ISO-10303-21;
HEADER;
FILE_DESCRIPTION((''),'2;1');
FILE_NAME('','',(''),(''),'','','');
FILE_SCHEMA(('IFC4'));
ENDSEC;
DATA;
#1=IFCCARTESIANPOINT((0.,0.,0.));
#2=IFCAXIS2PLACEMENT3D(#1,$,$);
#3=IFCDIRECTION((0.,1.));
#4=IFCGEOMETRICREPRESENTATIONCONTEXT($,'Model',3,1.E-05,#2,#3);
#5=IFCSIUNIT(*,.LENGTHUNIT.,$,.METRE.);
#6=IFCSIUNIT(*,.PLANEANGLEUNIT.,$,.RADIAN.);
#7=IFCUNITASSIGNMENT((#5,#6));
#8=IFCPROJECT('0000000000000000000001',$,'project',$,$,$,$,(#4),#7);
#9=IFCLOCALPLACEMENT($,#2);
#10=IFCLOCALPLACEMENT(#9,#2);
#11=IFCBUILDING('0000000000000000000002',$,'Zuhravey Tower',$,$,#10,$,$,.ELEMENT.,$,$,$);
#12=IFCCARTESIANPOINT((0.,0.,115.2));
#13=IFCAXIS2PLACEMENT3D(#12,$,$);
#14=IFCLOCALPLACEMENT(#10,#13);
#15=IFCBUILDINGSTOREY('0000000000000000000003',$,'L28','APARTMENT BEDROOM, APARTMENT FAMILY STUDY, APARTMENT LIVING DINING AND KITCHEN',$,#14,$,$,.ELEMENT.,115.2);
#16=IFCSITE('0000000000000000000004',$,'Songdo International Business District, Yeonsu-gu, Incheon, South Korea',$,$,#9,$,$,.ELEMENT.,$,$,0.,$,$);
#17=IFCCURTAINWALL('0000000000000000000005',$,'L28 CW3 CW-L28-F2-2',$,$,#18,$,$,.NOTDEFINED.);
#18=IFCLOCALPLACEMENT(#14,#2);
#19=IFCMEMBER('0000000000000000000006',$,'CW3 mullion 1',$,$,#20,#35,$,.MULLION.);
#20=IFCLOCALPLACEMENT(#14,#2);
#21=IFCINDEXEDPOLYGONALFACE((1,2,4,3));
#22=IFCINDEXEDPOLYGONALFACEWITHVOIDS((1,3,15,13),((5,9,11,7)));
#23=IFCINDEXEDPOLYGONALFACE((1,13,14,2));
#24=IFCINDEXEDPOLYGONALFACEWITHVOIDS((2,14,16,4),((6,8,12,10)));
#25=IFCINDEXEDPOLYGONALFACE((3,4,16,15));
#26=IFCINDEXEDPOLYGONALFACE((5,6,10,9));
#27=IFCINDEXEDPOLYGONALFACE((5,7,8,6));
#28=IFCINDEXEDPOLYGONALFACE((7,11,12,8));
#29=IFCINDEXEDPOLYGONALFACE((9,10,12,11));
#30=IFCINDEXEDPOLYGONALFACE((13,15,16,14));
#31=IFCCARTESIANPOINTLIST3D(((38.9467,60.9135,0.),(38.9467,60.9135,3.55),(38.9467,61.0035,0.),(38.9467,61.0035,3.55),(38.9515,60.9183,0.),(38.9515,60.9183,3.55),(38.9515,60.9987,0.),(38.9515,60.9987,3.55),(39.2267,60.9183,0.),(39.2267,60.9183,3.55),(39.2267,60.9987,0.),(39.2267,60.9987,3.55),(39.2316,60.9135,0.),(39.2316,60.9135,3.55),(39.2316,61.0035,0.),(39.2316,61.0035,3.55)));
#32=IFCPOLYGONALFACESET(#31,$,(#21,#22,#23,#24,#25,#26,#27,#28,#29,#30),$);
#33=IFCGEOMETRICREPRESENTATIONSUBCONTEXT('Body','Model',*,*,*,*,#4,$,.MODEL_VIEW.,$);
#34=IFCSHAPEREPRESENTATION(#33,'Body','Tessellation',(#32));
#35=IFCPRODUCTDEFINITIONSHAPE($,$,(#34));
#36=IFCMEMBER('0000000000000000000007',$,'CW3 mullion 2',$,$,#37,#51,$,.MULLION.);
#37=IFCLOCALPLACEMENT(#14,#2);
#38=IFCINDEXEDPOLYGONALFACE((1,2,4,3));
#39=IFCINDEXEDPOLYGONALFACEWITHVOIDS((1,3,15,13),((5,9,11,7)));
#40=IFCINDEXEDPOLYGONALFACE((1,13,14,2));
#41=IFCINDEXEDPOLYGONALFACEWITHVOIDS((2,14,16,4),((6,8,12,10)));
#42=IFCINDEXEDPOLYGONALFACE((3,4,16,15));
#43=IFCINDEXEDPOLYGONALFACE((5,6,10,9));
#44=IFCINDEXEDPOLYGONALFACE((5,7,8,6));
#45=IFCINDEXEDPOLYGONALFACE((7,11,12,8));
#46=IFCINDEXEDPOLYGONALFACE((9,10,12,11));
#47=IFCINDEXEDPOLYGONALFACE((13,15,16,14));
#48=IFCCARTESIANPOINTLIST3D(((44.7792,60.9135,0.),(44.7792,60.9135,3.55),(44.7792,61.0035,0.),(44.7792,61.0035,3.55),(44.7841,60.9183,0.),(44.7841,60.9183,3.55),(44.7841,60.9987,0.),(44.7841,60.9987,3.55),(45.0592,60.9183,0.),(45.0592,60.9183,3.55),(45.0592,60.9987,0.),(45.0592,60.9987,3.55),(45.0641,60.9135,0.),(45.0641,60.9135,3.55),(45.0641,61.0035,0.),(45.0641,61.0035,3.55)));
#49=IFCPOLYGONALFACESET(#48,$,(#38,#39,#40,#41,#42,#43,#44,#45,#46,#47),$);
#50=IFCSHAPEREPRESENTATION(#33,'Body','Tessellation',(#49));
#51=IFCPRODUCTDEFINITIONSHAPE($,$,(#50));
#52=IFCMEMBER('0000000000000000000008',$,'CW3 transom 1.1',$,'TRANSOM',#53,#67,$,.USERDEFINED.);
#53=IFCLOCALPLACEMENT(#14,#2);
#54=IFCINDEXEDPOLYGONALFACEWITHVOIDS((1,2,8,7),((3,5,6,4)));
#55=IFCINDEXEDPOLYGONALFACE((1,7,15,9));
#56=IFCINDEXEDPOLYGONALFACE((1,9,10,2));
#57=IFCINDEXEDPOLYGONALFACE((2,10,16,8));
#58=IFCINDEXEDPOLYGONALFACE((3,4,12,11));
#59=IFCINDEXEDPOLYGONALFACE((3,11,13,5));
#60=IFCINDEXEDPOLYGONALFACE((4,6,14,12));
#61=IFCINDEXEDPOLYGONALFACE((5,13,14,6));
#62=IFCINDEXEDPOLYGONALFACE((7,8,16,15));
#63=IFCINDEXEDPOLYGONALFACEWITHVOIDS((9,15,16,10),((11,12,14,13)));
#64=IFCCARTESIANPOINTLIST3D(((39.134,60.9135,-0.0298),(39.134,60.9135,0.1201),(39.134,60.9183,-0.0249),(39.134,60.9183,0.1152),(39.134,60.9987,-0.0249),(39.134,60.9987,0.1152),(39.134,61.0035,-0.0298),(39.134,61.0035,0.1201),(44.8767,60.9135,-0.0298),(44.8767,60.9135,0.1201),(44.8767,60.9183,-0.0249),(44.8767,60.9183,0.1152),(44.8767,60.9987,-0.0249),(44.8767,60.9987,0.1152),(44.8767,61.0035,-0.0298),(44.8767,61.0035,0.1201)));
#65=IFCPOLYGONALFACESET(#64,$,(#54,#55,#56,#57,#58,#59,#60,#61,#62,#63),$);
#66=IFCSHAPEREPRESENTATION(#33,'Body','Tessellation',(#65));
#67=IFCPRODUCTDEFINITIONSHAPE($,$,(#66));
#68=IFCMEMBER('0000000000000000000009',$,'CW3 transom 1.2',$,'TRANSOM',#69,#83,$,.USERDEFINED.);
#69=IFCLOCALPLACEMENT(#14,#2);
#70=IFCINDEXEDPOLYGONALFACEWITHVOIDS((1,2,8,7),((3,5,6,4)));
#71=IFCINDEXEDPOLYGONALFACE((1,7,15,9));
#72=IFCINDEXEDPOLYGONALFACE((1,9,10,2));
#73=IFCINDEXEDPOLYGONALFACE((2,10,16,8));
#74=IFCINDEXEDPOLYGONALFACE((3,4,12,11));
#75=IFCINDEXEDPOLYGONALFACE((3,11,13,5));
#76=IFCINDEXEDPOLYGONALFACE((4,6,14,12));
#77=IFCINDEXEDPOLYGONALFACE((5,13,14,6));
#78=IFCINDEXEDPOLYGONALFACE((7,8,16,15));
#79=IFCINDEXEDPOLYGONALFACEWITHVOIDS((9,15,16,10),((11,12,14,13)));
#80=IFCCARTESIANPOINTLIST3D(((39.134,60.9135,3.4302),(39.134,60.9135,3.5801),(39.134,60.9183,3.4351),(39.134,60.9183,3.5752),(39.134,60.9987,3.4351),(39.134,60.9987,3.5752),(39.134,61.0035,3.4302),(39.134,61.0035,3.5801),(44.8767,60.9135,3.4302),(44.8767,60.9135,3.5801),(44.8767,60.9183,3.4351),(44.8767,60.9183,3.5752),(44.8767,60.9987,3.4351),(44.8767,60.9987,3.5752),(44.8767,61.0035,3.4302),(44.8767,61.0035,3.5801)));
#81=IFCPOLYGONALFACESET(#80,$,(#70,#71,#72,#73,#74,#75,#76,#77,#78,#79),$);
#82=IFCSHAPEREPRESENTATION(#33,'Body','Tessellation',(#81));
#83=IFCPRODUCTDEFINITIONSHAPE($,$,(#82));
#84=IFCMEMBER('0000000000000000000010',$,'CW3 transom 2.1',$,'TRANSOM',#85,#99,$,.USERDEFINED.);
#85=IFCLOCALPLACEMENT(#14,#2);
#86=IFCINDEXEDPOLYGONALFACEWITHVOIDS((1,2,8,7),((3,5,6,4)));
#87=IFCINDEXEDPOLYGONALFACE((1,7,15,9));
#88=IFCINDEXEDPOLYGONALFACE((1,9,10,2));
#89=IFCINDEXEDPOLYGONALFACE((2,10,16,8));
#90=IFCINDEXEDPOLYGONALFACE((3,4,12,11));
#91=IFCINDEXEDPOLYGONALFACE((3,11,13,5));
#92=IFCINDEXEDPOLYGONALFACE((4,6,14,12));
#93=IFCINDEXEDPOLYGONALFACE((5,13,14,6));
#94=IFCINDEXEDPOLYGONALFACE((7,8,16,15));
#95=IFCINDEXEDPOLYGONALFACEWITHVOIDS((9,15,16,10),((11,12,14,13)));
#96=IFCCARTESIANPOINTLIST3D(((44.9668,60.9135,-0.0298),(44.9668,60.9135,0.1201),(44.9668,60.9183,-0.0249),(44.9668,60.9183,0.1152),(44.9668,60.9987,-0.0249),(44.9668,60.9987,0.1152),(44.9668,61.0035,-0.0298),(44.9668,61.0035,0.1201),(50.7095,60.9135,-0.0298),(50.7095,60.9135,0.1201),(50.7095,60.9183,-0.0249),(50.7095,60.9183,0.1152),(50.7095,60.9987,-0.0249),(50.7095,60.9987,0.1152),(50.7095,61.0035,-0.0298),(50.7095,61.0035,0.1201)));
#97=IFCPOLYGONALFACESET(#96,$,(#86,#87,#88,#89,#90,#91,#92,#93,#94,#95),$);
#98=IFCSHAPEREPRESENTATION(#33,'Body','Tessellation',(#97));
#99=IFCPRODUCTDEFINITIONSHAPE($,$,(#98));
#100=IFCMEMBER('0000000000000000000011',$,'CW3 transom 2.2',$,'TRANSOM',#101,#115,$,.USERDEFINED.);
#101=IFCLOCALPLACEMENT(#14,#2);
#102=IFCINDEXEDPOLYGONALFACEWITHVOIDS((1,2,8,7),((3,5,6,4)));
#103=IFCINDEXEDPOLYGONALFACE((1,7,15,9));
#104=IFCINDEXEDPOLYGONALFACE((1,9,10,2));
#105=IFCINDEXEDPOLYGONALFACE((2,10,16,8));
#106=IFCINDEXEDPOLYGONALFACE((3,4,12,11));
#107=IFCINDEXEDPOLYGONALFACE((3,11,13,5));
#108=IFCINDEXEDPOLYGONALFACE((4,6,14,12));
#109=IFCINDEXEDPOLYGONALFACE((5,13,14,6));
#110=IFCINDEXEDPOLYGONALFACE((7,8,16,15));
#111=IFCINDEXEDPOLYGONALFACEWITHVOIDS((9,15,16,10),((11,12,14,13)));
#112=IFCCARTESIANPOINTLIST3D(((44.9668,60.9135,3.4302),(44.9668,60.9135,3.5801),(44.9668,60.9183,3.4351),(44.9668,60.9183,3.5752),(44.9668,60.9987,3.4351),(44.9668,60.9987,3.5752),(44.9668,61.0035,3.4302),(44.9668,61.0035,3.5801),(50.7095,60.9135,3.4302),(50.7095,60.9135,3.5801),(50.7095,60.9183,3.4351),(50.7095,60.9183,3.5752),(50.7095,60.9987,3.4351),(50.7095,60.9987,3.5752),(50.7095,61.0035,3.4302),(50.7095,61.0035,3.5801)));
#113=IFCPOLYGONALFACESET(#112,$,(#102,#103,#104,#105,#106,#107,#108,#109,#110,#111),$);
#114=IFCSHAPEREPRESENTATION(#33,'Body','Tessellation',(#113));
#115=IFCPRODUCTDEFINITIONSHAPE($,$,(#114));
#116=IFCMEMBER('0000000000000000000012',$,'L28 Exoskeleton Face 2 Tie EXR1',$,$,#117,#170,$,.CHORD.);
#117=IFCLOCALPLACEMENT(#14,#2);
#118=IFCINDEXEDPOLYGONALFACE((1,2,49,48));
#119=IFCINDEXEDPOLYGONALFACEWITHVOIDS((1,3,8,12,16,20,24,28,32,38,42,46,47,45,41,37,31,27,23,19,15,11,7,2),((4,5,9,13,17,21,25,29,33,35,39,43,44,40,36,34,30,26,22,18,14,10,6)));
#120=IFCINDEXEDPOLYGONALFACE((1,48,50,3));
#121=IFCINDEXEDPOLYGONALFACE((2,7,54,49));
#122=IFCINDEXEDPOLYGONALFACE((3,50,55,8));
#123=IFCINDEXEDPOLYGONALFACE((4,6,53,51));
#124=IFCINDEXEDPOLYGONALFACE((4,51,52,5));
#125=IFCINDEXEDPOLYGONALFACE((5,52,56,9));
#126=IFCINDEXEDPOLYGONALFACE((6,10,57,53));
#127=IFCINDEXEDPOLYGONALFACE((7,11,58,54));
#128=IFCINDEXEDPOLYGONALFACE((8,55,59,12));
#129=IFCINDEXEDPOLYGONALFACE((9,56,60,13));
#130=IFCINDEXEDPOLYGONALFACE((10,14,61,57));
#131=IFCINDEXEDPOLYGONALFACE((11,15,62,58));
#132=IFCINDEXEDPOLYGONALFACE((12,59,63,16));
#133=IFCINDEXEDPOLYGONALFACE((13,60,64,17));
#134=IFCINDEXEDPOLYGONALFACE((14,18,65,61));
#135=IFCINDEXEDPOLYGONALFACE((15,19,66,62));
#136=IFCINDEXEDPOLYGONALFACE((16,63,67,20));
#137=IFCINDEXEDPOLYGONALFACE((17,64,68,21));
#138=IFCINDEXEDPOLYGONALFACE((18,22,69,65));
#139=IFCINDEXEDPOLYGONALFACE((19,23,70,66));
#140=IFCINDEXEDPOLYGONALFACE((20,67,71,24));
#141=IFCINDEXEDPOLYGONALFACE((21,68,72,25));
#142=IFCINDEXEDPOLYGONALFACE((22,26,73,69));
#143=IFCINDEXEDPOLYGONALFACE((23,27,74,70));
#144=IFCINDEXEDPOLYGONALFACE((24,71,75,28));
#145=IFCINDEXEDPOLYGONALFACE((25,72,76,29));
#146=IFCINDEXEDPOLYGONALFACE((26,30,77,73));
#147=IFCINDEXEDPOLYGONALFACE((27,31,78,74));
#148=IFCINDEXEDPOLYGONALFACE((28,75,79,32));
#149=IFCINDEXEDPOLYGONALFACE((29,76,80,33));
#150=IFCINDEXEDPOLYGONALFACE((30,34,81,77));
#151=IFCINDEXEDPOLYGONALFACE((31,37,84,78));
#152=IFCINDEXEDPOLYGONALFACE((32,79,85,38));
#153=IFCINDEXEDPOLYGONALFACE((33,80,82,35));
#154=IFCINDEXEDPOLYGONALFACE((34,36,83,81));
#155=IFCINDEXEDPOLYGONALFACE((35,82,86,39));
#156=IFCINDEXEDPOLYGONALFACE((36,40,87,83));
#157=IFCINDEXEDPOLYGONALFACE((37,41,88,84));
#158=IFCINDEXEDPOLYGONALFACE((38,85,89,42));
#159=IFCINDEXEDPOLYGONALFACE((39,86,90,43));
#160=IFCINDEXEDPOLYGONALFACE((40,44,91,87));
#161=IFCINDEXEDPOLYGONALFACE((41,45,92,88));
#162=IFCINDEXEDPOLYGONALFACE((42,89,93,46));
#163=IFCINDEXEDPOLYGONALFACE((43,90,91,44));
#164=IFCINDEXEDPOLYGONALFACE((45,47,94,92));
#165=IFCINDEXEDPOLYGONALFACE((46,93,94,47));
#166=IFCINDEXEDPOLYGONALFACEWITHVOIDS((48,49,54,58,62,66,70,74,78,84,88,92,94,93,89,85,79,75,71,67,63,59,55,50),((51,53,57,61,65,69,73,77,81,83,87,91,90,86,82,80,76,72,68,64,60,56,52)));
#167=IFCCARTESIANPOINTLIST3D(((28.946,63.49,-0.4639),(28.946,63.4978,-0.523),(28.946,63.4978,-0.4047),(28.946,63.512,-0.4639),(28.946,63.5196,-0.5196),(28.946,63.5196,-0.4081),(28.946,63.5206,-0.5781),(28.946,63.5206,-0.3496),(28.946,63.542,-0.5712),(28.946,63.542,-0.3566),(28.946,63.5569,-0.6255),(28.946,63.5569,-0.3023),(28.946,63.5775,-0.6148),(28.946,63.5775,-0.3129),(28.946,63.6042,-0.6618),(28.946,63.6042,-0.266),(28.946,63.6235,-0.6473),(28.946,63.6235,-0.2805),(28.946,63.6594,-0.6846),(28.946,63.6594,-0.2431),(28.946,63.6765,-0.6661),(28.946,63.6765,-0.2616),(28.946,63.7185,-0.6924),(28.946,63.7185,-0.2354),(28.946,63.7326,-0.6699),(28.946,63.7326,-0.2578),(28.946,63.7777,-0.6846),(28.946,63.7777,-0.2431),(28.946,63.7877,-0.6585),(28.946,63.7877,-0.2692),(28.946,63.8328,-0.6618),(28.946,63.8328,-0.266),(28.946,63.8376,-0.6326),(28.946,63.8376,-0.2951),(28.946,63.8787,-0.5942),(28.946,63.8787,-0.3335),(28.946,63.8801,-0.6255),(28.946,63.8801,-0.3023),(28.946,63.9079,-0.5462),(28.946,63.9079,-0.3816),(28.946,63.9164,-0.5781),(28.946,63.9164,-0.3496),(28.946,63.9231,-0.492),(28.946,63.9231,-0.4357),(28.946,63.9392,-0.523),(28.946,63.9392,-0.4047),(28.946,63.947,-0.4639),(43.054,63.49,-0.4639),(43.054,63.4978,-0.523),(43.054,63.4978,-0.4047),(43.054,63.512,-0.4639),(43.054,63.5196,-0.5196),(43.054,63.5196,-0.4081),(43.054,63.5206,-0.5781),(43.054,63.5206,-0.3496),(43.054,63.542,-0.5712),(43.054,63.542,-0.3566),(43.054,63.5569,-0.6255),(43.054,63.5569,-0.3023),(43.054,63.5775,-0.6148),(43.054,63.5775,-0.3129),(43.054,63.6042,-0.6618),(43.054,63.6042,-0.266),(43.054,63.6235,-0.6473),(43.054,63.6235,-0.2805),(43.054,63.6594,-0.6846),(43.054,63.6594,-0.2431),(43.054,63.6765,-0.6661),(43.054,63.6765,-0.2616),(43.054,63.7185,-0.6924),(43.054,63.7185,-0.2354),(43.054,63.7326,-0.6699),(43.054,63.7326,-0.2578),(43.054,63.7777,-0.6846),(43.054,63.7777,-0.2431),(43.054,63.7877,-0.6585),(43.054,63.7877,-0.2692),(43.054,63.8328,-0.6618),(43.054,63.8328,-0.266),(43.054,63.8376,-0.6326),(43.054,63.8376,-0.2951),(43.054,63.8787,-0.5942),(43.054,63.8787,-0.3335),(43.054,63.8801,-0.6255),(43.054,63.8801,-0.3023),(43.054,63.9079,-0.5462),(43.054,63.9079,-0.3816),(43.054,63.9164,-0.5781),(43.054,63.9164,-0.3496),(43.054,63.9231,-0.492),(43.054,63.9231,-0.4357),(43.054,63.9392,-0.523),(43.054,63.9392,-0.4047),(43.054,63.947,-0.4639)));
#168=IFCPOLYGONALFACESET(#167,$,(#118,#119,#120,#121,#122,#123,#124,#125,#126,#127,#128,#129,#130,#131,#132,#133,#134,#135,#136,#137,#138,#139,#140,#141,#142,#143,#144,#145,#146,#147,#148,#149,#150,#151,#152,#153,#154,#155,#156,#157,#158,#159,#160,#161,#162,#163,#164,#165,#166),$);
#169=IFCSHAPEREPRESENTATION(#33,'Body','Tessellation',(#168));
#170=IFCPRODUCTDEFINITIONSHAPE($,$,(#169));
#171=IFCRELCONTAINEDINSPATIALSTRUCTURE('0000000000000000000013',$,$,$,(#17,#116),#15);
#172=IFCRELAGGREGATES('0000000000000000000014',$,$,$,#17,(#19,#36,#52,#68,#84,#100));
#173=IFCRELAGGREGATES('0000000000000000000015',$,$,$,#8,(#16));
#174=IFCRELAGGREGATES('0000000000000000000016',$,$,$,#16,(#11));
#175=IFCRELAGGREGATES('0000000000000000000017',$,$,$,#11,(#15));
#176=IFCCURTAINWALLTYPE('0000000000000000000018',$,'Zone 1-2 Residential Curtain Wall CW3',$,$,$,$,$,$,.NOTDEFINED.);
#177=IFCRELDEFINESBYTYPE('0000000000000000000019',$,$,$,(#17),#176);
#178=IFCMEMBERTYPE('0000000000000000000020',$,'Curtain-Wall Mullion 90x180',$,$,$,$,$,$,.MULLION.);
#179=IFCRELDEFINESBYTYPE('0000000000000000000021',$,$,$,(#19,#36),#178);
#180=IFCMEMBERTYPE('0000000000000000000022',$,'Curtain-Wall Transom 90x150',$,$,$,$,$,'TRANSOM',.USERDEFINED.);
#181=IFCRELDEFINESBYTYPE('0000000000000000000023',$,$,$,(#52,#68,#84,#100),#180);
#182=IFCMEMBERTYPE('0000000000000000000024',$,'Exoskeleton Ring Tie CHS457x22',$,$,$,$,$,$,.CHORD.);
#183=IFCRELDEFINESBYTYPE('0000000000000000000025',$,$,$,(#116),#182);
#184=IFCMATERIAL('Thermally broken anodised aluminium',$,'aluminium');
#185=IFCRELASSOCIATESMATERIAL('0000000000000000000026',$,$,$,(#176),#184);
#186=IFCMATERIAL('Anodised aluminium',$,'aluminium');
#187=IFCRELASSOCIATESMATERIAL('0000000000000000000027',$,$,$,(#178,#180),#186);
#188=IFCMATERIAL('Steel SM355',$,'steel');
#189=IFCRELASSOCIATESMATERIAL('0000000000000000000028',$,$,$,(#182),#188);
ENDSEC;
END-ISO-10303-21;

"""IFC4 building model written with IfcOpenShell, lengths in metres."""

from ifc_helpers import new_model, si_unit, direction, frame, origin, origin_2d, place, context, subcontext, project, spatial, hollow_rectangle, hollow_circle, extrude, material, material_profile, profile_set, type_object, element, aggregate, save


model = new_model("IFC4")

# Units and contexts
model_context = context("Model", 3, precision=1e-05, world=origin(), true_north=direction((0.0, 1.0)))
body_context = subcontext(model_context, "Body", "Model", "MODEL_VIEW")
ifc_project = project(units=[si_unit("LENGTHUNIT", "METRE"), si_unit("PLANEANGLEUNIT", "RADIAN")], contexts=[model_context])

# Site, building, storey
site_placement = place(None, origin())
site = spatial("IfcSite", under=ifc_project, at=site_placement, Name="Songdo International Business District, Yeonsu-gu, Incheon, South Korea", CompositionType="ELEMENT", RefElevation=0.0)
building_placement = place(site_placement, origin())
building = spatial("IfcBuilding", under=site, at=building_placement, Name="Zuhravey Tower", CompositionType="ELEMENT")
storey_placement = place(building_placement, frame((0.0, 0.0, 115.2)))
storey = spatial("IfcBuildingStorey", under=building, at=storey_placement, Name="L28", Description="APARTMENT BEDROOM, APARTMENT FAMILY STUDY, APARTMENT LIVING DINING AND KITCHEN", CompositionType="ELEMENT", Elevation=115.2)

# Curtain wall, members
ifc_material_1 = material(Name="Thermally broken anodised aluminium", Category="aluminium")
curtain_wall_type = type_object("IfcCurtainWallType", Name="Zone 1-2 Residential Curtain Wall CW3", PredefinedType="NOTDEFINED", material=ifc_material_1)
curtain_wall_placement = place(storey_placement, origin())
curtain_wall = element("IfcCurtainWall", 1, at=curtain_wall_placement, inside=storey, type_object=curtain_wall_type, Name="L28 CW3 CW-L28-F2-2", PredefinedType="NOTDEFINED")
ifc_material_2 = material(Name="Anodised aluminium", Category="aluminium")
ifc_material_profile_1 = material_profile(ifc_material_2, hollow_rectangle(XDim=0.0901, YDim=0.2849, WallThickness=0.0049, at=origin_2d()), Name="ALU-RHS-90x285x5")
ifc_profile_set_1 = profile_set([ifc_material_profile_1], Name="Anodised aluminium")
member_type_1 = type_object("IfcMemberType", Name="Curtain-Wall Mullion 90x180", PredefinedType="MULLION", material=ifc_profile_set_1)
member_1_placement = place(storey_placement, frame((39.0891, 60.9585, 0.0), z_axis=(0.0, 0.0, 1.0), x_axis=(0.0, 1.0, 0.0)))
member_1 = element("IfcMember", 2, at=member_1_placement, type_object=member_type_1, Name="CW3 mullion 1", PredefinedType="MULLION", context=body_context, shape_type="SweptSolid", body=[
    extrude(hollow_rectangle(XDim=0.0901, YDim=0.2849, WallThickness=0.0049, at=origin_2d()), origin(), (0.0, 0.0, 1.0), 3.55),
])
member_2_placement = place(storey_placement, frame((44.9216, 60.9585, 0.0), z_axis=(0.0, 0.0, 1.0), x_axis=(0.0, 1.0, 0.0)))
member_2 = element("IfcMember", 3, at=member_2_placement, type_object=member_type_1, Name="CW3 mullion 2", PredefinedType="MULLION", context=body_context, shape_type="SweptSolid", body=[
    extrude(hollow_rectangle(XDim=0.0901, YDim=0.2849, WallThickness=0.0049, at=origin_2d()), origin(), (0.0, 0.0, 1.0), 3.55),
])
ifc_material_profile_2 = material_profile(ifc_material_2, hollow_rectangle(XDim=0.0901, YDim=0.1499, WallThickness=0.0049, at=origin_2d()), Name="ALU-RHS-90x150x5")
ifc_profile_set_2 = profile_set([ifc_material_profile_2], Name="Anodised aluminium")
member_type_2 = type_object("IfcMemberType", Name="Curtain-Wall Transom 90x150", ElementType="TRANSOM", PredefinedType="USERDEFINED", material=ifc_profile_set_2)
member_3_placement = place(storey_placement, frame((39.134, 60.9585, 0.0452), z_axis=(1.0, 0.0, 0.0), x_axis=(0.0, 1.0, 0.0)))
member_3 = element("IfcMember", 4, at=member_3_placement, type_object=member_type_2, Name="CW3 transom 1.1", ObjectType="TRANSOM", PredefinedType="USERDEFINED", context=body_context, shape_type="SweptSolid", body=[
    extrude(hollow_rectangle(XDim=0.0901, YDim=0.1499, WallThickness=0.0049, at=origin_2d()), origin(), (0.0, 0.0, 1.0), 5.7427),
])
member_4_placement = place(storey_placement, frame((39.134, 60.9585, 3.5051), z_axis=(1.0, 0.0, 0.0), x_axis=(0.0, 1.0, 0.0)))
member_4 = element("IfcMember", 5, at=member_4_placement, type_object=member_type_2, Name="CW3 transom 1.2", ObjectType="TRANSOM", PredefinedType="USERDEFINED", context=body_context, shape_type="SweptSolid", body=[
    extrude(hollow_rectangle(XDim=0.0901, YDim=0.1499, WallThickness=0.0049, at=origin_2d()), origin(), (0.0, 0.0, 1.0), 5.7427),
])
member_5_placement = place(storey_placement, frame((44.9668, 60.9585, 0.0452), z_axis=(1.0, 0.0, 0.0), x_axis=(0.0, 1.0, 0.0)))
member_5 = element("IfcMember", 6, at=member_5_placement, type_object=member_type_2, Name="CW3 transom 2.1", ObjectType="TRANSOM", PredefinedType="USERDEFINED", context=body_context, shape_type="SweptSolid", body=[
    extrude(hollow_rectangle(XDim=0.0901, YDim=0.1499, WallThickness=0.0049, at=origin_2d()), origin(), (0.0, 0.0, 1.0), 5.7427),
])
member_6_placement = place(storey_placement, frame((44.9668, 60.9585, 3.5051), z_axis=(1.0, 0.0, 0.0), x_axis=(0.0, 1.0, 0.0)))
member_6 = element("IfcMember", 7, at=member_6_placement, type_object=member_type_2, Name="CW3 transom 2.2", ObjectType="TRANSOM", PredefinedType="USERDEFINED", context=body_context, shape_type="SweptSolid", body=[
    extrude(hollow_rectangle(XDim=0.0901, YDim=0.1499, WallThickness=0.0049, at=origin_2d()), origin(), (0.0, 0.0, 1.0), 5.7427),
])

# Member
ifc_material_3 = material(Name="Steel SM355", Category="steel")
ifc_material_profile_3 = material_profile(ifc_material_3, hollow_circle(Radius=0.2285, WallThickness=0.022, at=origin_2d()), Name="CHS-457.2x22")
ifc_profile_set_3 = profile_set([ifc_material_profile_3], Name="Steel SM355")
member_type_3 = type_object("IfcMemberType", Name="Exoskeleton Ring Tie CHS457x22", PredefinedType="CHORD", material=ifc_profile_set_3)
member_7_placement = place(storey_placement, frame((43.054, 63.7185, -0.4639), z_axis=(-1.0, 0.0, 0.0), x_axis=(0.0, -1.0, 0.0)))
element("IfcMember", 8, at=member_7_placement, inside=storey, type_object=member_type_3, Name="L28 Exoskeleton Face 2 Tie EXR1", PredefinedType="CHORD", context=body_context, shape_type="SweptSolid", body=[
    extrude(hollow_circle(Radius=0.2285, WallThickness=0.022, at=origin_2d()), origin(), (0.0, 0.0, 1.0), 14.1079),
])

aggregate(curtain_wall, [member_1, member_2, member_3, member_4, member_5, member_6])

save(model, "model.ifc")
